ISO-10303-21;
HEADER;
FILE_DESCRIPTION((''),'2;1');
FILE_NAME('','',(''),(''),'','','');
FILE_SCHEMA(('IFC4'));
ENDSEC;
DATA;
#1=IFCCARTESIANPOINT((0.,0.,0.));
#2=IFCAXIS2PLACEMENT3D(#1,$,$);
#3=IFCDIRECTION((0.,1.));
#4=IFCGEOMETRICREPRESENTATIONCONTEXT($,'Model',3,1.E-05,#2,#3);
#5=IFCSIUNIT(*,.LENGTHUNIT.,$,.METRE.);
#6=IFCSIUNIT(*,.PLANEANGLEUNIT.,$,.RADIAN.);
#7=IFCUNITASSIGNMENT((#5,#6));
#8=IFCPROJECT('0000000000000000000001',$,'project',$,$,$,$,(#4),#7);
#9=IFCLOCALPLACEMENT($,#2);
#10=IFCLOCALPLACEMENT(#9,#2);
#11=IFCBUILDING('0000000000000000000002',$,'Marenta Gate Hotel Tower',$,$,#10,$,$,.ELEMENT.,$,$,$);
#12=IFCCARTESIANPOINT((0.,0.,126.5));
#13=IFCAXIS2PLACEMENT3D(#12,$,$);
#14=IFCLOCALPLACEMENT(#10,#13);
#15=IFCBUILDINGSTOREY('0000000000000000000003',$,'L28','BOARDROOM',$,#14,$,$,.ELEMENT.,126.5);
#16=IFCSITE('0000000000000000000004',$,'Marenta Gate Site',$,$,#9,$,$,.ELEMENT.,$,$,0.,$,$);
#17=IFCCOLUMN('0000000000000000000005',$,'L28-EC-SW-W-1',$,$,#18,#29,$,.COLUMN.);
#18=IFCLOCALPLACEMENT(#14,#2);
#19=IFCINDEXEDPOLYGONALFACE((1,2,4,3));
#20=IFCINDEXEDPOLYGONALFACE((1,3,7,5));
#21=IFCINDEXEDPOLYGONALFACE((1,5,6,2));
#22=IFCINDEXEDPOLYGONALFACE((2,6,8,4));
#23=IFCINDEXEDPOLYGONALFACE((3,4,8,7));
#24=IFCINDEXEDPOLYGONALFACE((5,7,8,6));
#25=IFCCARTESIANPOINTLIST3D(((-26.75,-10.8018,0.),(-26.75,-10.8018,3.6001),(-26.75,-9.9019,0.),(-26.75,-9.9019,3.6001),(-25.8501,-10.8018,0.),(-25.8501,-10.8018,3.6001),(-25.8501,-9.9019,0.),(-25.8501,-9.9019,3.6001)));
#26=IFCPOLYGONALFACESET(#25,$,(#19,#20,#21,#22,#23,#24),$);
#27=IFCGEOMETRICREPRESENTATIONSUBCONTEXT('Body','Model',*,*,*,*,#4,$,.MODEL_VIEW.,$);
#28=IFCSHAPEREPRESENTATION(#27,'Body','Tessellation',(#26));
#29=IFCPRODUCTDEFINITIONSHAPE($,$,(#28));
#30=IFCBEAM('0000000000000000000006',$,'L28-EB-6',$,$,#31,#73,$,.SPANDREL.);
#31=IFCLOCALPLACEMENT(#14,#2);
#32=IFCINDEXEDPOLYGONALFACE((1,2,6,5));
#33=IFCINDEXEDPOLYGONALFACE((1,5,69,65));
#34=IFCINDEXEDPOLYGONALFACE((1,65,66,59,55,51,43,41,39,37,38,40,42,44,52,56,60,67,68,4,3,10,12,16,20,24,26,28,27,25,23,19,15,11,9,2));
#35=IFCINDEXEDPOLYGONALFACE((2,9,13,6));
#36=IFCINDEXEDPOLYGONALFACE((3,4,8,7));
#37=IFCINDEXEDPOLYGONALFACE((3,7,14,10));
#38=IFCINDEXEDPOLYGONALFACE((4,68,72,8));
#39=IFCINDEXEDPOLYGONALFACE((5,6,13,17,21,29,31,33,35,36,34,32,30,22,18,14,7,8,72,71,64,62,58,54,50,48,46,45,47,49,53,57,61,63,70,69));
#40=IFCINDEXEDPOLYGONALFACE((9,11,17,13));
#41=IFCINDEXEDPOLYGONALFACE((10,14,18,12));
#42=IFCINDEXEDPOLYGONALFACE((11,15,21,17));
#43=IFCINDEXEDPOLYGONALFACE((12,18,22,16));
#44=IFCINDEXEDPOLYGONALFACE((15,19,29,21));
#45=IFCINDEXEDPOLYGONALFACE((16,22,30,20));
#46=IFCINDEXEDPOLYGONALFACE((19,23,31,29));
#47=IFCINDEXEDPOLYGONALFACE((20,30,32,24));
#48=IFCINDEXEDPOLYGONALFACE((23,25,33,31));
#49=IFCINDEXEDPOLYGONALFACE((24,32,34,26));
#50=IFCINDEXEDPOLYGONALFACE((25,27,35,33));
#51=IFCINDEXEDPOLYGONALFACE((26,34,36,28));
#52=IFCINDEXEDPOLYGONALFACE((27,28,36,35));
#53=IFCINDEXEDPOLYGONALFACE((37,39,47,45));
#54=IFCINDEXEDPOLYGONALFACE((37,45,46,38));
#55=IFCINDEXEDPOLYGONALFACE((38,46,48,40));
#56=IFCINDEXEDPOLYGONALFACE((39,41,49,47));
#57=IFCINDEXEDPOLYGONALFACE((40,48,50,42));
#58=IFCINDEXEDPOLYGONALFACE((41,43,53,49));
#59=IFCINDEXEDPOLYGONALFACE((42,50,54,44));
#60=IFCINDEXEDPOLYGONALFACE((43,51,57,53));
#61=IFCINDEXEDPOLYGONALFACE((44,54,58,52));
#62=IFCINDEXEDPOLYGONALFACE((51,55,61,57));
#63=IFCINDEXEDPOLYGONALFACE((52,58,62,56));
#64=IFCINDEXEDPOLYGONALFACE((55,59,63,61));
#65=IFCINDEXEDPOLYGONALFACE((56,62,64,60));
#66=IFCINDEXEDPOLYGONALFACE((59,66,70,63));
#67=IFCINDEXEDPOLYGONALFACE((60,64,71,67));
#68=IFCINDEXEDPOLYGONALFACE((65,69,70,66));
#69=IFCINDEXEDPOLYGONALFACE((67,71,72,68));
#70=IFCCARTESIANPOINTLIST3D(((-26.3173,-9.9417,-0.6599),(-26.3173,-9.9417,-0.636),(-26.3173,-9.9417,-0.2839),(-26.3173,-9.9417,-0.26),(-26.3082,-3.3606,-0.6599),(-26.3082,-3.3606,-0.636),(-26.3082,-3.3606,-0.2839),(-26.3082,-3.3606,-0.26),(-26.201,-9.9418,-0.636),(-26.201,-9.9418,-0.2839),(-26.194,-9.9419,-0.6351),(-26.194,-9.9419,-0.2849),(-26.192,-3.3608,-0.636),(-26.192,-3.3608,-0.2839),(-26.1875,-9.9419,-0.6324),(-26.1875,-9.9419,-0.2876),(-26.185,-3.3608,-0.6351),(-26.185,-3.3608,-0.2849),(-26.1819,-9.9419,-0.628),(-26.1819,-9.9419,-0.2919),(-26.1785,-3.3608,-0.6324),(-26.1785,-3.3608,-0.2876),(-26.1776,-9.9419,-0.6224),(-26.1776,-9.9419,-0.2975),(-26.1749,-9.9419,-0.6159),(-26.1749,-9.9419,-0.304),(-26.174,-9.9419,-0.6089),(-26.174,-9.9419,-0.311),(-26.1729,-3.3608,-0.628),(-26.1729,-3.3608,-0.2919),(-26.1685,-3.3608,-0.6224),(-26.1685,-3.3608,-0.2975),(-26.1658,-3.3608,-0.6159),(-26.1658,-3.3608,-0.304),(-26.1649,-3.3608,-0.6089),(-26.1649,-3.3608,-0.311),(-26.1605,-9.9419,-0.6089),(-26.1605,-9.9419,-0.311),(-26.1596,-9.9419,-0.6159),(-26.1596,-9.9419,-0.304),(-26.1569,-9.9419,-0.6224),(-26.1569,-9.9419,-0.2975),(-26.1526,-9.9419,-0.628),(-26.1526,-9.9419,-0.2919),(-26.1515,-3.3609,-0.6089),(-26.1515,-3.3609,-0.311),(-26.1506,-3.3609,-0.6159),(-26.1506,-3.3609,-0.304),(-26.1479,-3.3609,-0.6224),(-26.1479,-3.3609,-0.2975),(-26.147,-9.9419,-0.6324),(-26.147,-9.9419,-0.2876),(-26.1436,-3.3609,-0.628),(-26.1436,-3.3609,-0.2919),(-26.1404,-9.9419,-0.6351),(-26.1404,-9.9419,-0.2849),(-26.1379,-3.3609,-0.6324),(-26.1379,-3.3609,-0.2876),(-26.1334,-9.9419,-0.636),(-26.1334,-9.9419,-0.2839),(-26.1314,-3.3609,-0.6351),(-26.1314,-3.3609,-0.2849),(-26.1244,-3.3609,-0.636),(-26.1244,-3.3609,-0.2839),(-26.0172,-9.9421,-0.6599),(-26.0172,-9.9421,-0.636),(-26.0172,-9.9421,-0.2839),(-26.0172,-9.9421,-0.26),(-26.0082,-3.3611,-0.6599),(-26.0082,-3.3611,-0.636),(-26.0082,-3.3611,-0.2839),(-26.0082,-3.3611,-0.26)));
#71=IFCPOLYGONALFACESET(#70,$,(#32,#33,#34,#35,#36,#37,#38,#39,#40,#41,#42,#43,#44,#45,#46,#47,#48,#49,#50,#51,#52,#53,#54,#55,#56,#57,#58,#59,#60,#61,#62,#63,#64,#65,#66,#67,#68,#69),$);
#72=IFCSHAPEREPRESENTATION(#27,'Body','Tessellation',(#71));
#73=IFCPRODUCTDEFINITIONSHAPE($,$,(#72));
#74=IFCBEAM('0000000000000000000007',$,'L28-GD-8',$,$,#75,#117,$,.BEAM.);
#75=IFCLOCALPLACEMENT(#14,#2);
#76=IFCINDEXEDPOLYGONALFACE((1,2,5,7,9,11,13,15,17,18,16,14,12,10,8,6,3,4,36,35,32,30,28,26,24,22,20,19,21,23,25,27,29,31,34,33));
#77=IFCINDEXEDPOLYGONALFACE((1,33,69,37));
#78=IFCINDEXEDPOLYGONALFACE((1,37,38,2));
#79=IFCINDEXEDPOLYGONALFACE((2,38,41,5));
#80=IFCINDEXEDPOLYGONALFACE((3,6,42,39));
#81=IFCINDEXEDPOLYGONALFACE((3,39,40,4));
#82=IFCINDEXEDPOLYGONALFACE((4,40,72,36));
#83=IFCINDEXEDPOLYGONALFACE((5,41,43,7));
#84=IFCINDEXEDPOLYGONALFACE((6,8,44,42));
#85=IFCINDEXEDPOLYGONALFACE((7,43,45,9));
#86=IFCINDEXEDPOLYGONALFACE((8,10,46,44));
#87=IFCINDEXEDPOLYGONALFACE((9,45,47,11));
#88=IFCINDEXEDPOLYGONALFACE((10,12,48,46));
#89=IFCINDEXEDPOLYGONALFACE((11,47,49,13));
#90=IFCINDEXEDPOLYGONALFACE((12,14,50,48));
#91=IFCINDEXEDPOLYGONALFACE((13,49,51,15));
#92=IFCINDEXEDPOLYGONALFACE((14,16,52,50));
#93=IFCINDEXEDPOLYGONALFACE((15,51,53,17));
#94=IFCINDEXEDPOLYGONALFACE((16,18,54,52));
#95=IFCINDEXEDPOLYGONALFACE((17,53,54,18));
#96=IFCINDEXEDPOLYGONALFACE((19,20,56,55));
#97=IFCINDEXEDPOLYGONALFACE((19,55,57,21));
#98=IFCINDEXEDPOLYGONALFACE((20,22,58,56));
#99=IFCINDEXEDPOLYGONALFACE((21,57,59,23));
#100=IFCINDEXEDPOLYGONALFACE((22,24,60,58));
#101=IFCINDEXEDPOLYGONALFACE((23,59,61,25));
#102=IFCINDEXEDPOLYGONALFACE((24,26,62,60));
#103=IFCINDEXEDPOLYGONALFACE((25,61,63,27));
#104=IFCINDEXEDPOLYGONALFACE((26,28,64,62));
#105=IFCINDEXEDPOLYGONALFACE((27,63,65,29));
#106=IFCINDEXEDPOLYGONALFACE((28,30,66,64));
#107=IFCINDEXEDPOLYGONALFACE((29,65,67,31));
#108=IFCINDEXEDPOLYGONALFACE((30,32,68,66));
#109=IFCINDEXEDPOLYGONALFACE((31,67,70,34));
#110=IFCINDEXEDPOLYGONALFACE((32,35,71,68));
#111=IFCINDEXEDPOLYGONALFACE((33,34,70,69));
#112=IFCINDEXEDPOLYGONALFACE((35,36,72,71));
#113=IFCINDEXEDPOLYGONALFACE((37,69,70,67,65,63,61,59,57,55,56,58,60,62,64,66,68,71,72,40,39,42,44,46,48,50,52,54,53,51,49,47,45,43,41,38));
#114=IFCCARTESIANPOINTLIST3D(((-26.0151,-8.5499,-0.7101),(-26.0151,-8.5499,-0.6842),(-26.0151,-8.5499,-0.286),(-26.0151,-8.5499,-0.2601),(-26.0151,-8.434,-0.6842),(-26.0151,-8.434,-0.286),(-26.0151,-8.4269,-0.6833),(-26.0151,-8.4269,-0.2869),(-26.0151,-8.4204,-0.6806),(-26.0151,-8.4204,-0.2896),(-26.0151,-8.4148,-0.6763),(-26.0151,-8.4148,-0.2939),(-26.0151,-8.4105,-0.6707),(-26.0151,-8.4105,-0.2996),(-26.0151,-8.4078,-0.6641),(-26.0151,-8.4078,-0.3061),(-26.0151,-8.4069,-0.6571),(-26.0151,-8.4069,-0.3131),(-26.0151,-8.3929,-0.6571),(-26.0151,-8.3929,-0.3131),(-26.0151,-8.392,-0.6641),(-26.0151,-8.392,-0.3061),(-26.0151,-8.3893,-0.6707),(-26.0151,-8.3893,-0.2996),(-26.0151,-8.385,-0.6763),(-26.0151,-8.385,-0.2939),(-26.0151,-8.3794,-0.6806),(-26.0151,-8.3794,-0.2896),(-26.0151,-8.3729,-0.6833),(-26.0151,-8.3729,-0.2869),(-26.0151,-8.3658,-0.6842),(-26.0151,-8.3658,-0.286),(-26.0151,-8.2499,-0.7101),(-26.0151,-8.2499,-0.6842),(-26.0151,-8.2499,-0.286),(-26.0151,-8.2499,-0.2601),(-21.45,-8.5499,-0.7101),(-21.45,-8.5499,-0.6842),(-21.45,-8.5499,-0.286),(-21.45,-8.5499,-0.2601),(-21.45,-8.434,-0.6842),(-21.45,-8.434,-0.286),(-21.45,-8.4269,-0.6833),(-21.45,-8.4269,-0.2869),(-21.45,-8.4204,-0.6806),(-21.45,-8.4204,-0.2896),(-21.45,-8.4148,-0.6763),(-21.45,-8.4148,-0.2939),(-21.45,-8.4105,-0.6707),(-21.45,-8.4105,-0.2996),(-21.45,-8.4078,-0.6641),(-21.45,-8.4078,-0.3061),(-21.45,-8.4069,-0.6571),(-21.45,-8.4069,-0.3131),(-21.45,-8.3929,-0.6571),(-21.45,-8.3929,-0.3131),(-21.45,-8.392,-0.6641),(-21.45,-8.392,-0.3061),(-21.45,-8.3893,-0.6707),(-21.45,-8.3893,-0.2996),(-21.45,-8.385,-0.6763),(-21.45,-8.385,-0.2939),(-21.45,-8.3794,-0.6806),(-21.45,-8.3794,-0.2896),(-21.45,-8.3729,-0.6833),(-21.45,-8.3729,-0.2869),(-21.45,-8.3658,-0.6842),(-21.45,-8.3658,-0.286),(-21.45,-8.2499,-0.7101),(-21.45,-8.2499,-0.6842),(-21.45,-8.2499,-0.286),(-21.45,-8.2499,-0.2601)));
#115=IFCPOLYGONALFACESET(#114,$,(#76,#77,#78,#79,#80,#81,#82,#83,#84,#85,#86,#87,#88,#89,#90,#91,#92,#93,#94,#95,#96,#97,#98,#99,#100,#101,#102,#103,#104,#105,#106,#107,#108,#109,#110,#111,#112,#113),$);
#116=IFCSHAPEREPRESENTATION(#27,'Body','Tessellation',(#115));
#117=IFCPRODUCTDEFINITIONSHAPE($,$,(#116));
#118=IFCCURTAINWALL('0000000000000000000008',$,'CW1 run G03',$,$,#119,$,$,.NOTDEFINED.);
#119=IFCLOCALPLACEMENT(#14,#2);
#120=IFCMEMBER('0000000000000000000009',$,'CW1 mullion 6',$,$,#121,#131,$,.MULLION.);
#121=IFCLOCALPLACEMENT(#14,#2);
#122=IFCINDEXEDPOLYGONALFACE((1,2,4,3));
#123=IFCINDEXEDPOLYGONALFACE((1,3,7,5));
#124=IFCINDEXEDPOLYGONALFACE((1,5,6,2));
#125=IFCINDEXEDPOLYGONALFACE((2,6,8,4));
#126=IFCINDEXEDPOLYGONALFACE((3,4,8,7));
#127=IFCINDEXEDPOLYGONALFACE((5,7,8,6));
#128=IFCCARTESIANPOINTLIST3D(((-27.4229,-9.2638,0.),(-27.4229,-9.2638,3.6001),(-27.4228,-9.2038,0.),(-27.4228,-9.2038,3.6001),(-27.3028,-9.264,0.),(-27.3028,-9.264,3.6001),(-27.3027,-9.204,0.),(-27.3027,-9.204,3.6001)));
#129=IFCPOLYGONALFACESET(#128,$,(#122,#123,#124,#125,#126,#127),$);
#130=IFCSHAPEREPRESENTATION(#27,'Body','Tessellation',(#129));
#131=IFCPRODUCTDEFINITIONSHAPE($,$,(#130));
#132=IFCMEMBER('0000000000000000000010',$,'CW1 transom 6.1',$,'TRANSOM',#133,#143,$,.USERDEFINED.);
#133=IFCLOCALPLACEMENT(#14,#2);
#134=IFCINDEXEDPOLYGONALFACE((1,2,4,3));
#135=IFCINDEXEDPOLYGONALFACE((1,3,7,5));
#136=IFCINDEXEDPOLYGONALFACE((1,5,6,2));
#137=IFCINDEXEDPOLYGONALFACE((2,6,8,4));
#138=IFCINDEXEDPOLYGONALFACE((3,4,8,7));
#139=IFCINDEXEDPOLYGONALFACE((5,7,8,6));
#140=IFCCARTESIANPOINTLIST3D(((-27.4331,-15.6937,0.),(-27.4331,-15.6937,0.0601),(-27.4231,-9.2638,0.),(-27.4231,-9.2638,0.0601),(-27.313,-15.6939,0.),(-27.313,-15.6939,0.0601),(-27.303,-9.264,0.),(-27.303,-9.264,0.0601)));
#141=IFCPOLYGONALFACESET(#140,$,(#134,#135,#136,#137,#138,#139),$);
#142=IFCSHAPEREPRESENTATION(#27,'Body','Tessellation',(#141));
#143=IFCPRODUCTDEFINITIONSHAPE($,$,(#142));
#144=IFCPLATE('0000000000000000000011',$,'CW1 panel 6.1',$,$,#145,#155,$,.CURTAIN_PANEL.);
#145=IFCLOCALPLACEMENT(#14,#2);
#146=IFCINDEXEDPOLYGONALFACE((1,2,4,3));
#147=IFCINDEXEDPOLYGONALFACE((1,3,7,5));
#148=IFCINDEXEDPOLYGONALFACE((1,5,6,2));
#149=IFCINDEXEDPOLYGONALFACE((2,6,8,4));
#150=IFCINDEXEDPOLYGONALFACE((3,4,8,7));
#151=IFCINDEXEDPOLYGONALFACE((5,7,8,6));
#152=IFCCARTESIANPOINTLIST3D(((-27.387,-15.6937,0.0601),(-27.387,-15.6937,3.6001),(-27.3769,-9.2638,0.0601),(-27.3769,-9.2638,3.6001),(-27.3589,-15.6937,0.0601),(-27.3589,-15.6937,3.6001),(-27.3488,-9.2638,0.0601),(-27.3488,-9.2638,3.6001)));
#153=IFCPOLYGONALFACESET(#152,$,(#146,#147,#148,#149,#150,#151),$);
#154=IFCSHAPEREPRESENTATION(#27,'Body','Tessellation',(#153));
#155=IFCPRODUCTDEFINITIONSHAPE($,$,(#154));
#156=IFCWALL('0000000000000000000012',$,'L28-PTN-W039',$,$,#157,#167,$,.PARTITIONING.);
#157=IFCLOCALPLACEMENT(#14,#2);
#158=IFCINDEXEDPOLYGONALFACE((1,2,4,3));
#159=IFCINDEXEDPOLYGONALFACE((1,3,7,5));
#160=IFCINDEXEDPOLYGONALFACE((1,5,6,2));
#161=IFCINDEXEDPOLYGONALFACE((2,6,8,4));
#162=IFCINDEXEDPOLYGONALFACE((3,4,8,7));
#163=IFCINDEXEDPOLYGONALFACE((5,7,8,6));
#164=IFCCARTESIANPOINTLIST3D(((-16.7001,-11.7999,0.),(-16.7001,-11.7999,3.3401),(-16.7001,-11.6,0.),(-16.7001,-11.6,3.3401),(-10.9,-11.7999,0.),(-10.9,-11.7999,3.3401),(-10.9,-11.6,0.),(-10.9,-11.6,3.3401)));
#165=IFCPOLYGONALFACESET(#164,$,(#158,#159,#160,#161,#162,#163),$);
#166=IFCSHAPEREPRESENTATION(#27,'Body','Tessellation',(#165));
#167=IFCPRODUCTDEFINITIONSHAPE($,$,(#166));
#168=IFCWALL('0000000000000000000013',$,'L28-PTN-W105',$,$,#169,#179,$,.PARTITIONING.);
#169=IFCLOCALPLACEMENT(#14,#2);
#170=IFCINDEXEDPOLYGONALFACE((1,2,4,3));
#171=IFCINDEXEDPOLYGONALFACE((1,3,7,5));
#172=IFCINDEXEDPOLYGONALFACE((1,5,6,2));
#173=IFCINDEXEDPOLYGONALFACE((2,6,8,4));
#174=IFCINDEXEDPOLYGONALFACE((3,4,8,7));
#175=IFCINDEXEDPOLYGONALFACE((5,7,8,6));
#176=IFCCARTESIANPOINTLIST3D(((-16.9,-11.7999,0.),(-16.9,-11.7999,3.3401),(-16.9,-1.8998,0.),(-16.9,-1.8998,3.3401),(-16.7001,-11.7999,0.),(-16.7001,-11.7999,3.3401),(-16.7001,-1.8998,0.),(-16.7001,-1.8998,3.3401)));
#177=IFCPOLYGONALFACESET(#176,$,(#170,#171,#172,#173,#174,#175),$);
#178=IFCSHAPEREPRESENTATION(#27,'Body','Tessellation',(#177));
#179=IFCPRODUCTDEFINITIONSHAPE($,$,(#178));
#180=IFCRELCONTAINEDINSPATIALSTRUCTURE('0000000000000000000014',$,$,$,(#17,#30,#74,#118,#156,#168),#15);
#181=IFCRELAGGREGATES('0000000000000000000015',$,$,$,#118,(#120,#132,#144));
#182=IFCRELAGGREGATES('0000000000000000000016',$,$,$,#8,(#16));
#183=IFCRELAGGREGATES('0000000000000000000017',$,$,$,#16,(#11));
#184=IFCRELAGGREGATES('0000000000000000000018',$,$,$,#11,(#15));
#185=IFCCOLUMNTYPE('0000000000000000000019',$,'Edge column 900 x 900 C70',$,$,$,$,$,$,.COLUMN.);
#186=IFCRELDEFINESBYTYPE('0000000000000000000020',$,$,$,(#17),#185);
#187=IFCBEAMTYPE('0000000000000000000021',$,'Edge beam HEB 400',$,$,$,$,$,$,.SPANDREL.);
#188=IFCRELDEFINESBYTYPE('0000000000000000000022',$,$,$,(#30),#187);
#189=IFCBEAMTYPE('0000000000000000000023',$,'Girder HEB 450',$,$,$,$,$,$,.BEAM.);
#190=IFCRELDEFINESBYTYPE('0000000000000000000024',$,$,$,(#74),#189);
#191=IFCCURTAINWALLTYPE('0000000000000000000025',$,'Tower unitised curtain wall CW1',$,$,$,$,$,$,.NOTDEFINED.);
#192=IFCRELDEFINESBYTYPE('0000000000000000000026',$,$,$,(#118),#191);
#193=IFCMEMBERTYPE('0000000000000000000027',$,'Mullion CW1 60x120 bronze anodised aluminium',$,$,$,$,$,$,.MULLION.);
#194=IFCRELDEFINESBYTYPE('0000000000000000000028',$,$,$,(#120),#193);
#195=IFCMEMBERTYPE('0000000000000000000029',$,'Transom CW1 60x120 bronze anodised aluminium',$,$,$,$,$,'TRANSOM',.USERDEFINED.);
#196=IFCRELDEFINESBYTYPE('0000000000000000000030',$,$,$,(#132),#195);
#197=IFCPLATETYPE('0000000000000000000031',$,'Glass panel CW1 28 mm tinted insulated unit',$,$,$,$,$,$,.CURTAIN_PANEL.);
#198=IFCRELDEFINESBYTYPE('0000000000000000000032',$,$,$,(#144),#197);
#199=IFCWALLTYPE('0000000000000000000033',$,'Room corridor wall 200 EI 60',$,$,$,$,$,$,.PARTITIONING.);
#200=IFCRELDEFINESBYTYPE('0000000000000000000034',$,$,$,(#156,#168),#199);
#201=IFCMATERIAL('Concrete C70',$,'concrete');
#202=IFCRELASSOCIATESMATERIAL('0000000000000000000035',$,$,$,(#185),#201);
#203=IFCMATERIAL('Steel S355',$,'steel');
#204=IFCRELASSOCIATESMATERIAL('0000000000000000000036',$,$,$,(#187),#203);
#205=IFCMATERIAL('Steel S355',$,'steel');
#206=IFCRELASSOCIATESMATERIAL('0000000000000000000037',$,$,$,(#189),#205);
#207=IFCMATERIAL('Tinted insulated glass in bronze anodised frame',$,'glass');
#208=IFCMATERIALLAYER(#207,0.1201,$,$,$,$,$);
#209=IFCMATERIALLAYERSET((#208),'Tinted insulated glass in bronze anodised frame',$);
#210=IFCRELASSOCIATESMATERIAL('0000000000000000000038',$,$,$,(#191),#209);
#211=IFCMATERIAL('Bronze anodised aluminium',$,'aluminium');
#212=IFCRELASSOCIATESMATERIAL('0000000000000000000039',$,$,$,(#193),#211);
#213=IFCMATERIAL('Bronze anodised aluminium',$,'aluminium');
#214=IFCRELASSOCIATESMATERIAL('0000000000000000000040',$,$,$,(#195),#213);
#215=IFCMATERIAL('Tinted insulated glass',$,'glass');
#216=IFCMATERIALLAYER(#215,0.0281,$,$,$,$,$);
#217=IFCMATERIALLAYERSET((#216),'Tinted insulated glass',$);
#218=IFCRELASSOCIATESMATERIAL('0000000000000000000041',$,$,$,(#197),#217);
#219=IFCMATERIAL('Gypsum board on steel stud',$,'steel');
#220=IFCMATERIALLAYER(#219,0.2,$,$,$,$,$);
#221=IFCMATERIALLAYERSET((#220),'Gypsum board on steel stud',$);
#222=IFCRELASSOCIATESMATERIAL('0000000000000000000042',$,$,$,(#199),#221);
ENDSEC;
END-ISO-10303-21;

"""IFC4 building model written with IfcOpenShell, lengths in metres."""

from ifc_helpers import new_model, si_unit, direction, frame, frame_2d, origin, origin_2d, place, context, subcontext, project, spatial, rectangle, i_section, extrude, material, layer, layer_set, material_profile, profile_set, type_object, element, aggregate, save


model = new_model("IFC4")

# Units and contexts
model_context = context("Model", 3, precision=1e-05, world=origin(), true_north=direction((0.0, 1.0)))
body_context = subcontext(model_context, "Body", "Model", "MODEL_VIEW")
ifc_project = project(units=[si_unit("LENGTHUNIT", "METRE"), si_unit("PLANEANGLEUNIT", "RADIAN")], contexts=[model_context])

# Site, building, storey
site_placement = place(None, origin())
site = spatial("IfcSite", under=ifc_project, at=site_placement, Name="Marenta Gate Site", CompositionType="ELEMENT", RefElevation=0.0)
building_placement = place(site_placement, origin())
building = spatial("IfcBuilding", under=site, at=building_placement, Name="Marenta Gate Hotel Tower", CompositionType="ELEMENT")
storey_placement = place(building_placement, frame((0.0, 0.0, 126.5)))
storey = spatial("IfcBuildingStorey", under=building, at=storey_placement, Name="L28", Description="BOARDROOM", CompositionType="ELEMENT", Elevation=126.5)

# Column
ifc_material_1 = material(Name="Concrete C70", Category="concrete")
ifc_material_profile_1 = material_profile(ifc_material_1, rectangle(XDim=0.8999, YDim=0.8999, at=origin_2d()), Name="900 x 900")
ifc_profile_set_1 = profile_set([ifc_material_profile_1], Name="Concrete C70")
column_type = type_object("IfcColumnType", Name="Edge column 900 x 900 C70", PredefinedType="COLUMN", material=ifc_profile_set_1)
column_placement = place(storey_placement, frame((-26.3, -10.3518, 0.0), z_axis=(0.0, 0.0, 1.0), x_axis=(1.0, 0.0, 0.0)))
element("IfcColumn", 1, at=column_placement, inside=storey, type_object=column_type, Name="L28-EC-SW-W-1", PredefinedType="COLUMN", context=body_context, shape_type="SweptSolid", body=[
    extrude(rectangle(XDim=0.8999, YDim=0.8999, at=origin_2d()), origin(), (0.0, 0.0, 1.0), 3.6001),
])

# Beams
ifc_material_2 = material(Name="Steel S355", Category="steel")
ifc_material_profile_2 = material_profile(ifc_material_2, i_section(OverallWidth=0.3, OverallDepth=0.3999, WebThickness=0.0134, FlangeThickness=0.0239, FilletRadius=0.0271, at=origin_2d()), Name="HEB 400")
ifc_profile_set_2 = profile_set([ifc_material_profile_2], Name="Steel S355")
beam_type_1 = type_object("IfcBeamType", Name="Edge beam HEB 400", PredefinedType="SPANDREL", material=ifc_profile_set_2)
beam_1_placement = place(storey_placement, frame((-26.1672, -9.9419, -0.46), z_axis=(0.001373, 0.999999, 0.0), x_axis=(-0.999999, 0.001373, 0.0)))
element("IfcBeam", 2, at=beam_1_placement, inside=storey, type_object=beam_type_1, Name="L28-EB-6", PredefinedType="SPANDREL", context=body_context, shape_type="SweptSolid", body=[
    extrude(i_section(OverallWidth=0.3, OverallDepth=0.3999, WebThickness=0.0134, FlangeThickness=0.0239, FilletRadius=0.0271, at=origin_2d()), origin(), (0.0, 0.0, 1.0), 6.5811),
])
ifc_material_3 = material(Name="Steel S355", Category="steel")
ifc_material_profile_3 = material_profile(ifc_material_3, i_section(OverallWidth=0.3, OverallDepth=0.45, WebThickness=0.0139, FlangeThickness=0.0259, FilletRadius=0.0271, at=origin_2d()), Name="HEB 450")
ifc_profile_set_3 = profile_set([ifc_material_profile_3], Name="Steel S355")
beam_type_2 = type_object("IfcBeamType", Name="Girder HEB 450", PredefinedType="BEAM", material=ifc_profile_set_3)
beam_2_placement = place(storey_placement, frame((-26.0151, -8.3999, -0.4851), z_axis=(1.0, 0.0, 0.0), x_axis=(0.0, 1.0, 0.0)))
element("IfcBeam", 3, at=beam_2_placement, inside=storey, type_object=beam_type_2, Name="L28-GD-8", PredefinedType="BEAM", context=body_context, shape_type="SweptSolid", body=[
    extrude(i_section(OverallWidth=0.3, OverallDepth=0.45, WebThickness=0.0139, FlangeThickness=0.0259, FilletRadius=0.0271, at=origin_2d()), origin(), (0.0, 0.0, 1.0), 4.5652),
])

# Curtain wall, members, plate
ifc_material_4 = material(Name="Tinted insulated glass in bronze anodised frame", Category="glass")
ifc_layer_1 = layer(ifc_material_4, 0.1201)
ifc_layer_set_1 = layer_set([ifc_layer_1], Name="Tinted insulated glass in bronze anodised frame")
curtain_wall_type = type_object("IfcCurtainWallType", Name="Tower unitised curtain wall CW1", PredefinedType="NOTDEFINED", material=ifc_layer_set_1)
curtain_wall_placement = place(storey_placement, origin())
curtain_wall = element("IfcCurtainWall", 4, at=curtain_wall_placement, inside=storey, type_object=curtain_wall_type, Name="CW1 run G03", PredefinedType="NOTDEFINED")
ifc_material_5 = material(Name="Bronze anodised aluminium", Category="aluminium")
ifc_material_profile_4 = material_profile(ifc_material_5, rectangle(XDim=0.1201, YDim=0.0601, at=origin_2d()), Name="Mullion CW1 60x120 bronze anodised aluminium")
ifc_profile_set_4 = profile_set([ifc_material_profile_4], Name="Bronze anodised aluminium")
member_type_1 = type_object("IfcMemberType", Name="Mullion CW1 60x120 bronze anodised aluminium", PredefinedType="MULLION", material=ifc_profile_set_4)
member_1_placement = place(storey_placement, frame((-27.3628, -9.2339, 0.0), z_axis=(0.0, 0.0, 1.0), x_axis=(0.999999, -0.001566, 0.0)))
member_1 = element("IfcMember", 5, at=member_1_placement, type_object=member_type_1, Name="CW1 mullion 6", PredefinedType="MULLION", context=body_context, shape_type="SweptSolid", body=[
    extrude(rectangle(XDim=0.1201, YDim=0.0601, at=origin_2d()), origin(), (0.0, 0.0, 1.0), 3.6001),
])
ifc_material_6 = material(Name="Bronze anodised aluminium", Category="aluminium")
ifc_material_profile_5 = material_profile(ifc_material_6, rectangle(XDim=0.1201, YDim=0.0601, at=origin_2d()), Name="Transom CW1 60x120 bronze anodised aluminium")
ifc_profile_set_5 = profile_set([ifc_material_profile_5], Name="Bronze anodised aluminium")
member_type_2 = type_object("IfcMemberType", Name="Transom CW1 60x120 bronze anodised aluminium", ElementType="TRANSOM", PredefinedType="USERDEFINED", material=ifc_profile_set_5)
member_2_placement = place(storey_placement, frame((-27.363, -9.2639, 0.03), z_axis=(-0.001557, -0.999999, 0.0), x_axis=(0.999999, -0.001557, 0.0)))
member_2 = element("IfcMember", 6, at=member_2_placement, type_object=member_type_2, Name="CW1 transom 6.1", ObjectType="TRANSOM", PredefinedType="USERDEFINED", context=body_context, shape_type="SweptSolid", body=[
    extrude(rectangle(XDim=0.1201, YDim=0.0601, at=origin_2d()), origin(), (0.0, 0.0, 1.0), 6.4299),
])
ifc_material_7 = material(Name="Tinted insulated glass", Category="glass")
ifc_layer_2 = layer(ifc_material_7, 0.0281)
ifc_layer_set_2 = layer_set([ifc_layer_2], Name="Tinted insulated glass")
plate_type = type_object("IfcPlateType", Name="Glass panel CW1 28 mm tinted insulated unit", PredefinedType="CURTAIN_PANEL", material=ifc_layer_set_2)
plate_placement = place(storey_placement, frame((-27.3679, -12.4788, 0.0601), z_axis=(0.0, 0.0, 1.0), x_axis=(-0.001566, -0.999999, 0.0)))
plate = element("IfcPlate", 7, at=plate_placement, type_object=plate_type, Name="CW1 panel 6.1", PredefinedType="CURTAIN_PANEL", context=body_context, shape_type="SweptSolid", body=[
    extrude(rectangle(XDim=6.4299, YDim=0.0281, at=origin_2d()), origin(), (0.0, 0.0, 1.0), 3.54),
])
aggregate(curtain_wall, [member_1, member_2, plate])

# Shared definitions
ifc_material_8 = material(Name="Gypsum board on steel stud", Category="steel")
ifc_layer_3 = layer(ifc_material_8, 0.2)
ifc_layer_set_3 = layer_set([ifc_layer_3], Name="Gypsum board on steel stud")
wall_type_1 = type_object("IfcWallType", Name="Room corridor wall 200 EI 60", PredefinedType="PARTITIONING", material=ifc_layer_set_3)

# Walls
wall_1_placement = place(storey_placement, frame((-16.7, -11.7, 0.0), z_axis=(0.0, 0.0, 1.0), x_axis=(1.0, 0.0, 0.0)))
element("IfcWall", 8, at=wall_1_placement, inside=storey, type_object=wall_type_1, Name="L28-PTN-W039", PredefinedType="PARTITIONING", context=body_context, shape_type="SweptSolid", body=[
    extrude(rectangle(XDim=5.8, YDim=0.2, at=frame_2d((2.8999, 0.0))), origin(), (0.0, 0.0, 1.0), 3.3401),
])
wall_2_placement = place(storey_placement, frame((-16.8, -11.8, 0.0), z_axis=(0.0, 0.0, 1.0), x_axis=(0.0, 1.0, 0.0)))
element("IfcWall", 9, at=wall_2_placement, inside=storey, type_object=wall_type_1, Name="L28-PTN-W105", PredefinedType="PARTITIONING", context=body_context, shape_type="SweptSolid", body=[
    extrude(rectangle(XDim=9.9001, YDim=0.2, at=frame_2d((4.9502, 0.0))), origin(), (0.0, 0.0, 1.0), 3.3401),
])

save(model, "model.ifc")
